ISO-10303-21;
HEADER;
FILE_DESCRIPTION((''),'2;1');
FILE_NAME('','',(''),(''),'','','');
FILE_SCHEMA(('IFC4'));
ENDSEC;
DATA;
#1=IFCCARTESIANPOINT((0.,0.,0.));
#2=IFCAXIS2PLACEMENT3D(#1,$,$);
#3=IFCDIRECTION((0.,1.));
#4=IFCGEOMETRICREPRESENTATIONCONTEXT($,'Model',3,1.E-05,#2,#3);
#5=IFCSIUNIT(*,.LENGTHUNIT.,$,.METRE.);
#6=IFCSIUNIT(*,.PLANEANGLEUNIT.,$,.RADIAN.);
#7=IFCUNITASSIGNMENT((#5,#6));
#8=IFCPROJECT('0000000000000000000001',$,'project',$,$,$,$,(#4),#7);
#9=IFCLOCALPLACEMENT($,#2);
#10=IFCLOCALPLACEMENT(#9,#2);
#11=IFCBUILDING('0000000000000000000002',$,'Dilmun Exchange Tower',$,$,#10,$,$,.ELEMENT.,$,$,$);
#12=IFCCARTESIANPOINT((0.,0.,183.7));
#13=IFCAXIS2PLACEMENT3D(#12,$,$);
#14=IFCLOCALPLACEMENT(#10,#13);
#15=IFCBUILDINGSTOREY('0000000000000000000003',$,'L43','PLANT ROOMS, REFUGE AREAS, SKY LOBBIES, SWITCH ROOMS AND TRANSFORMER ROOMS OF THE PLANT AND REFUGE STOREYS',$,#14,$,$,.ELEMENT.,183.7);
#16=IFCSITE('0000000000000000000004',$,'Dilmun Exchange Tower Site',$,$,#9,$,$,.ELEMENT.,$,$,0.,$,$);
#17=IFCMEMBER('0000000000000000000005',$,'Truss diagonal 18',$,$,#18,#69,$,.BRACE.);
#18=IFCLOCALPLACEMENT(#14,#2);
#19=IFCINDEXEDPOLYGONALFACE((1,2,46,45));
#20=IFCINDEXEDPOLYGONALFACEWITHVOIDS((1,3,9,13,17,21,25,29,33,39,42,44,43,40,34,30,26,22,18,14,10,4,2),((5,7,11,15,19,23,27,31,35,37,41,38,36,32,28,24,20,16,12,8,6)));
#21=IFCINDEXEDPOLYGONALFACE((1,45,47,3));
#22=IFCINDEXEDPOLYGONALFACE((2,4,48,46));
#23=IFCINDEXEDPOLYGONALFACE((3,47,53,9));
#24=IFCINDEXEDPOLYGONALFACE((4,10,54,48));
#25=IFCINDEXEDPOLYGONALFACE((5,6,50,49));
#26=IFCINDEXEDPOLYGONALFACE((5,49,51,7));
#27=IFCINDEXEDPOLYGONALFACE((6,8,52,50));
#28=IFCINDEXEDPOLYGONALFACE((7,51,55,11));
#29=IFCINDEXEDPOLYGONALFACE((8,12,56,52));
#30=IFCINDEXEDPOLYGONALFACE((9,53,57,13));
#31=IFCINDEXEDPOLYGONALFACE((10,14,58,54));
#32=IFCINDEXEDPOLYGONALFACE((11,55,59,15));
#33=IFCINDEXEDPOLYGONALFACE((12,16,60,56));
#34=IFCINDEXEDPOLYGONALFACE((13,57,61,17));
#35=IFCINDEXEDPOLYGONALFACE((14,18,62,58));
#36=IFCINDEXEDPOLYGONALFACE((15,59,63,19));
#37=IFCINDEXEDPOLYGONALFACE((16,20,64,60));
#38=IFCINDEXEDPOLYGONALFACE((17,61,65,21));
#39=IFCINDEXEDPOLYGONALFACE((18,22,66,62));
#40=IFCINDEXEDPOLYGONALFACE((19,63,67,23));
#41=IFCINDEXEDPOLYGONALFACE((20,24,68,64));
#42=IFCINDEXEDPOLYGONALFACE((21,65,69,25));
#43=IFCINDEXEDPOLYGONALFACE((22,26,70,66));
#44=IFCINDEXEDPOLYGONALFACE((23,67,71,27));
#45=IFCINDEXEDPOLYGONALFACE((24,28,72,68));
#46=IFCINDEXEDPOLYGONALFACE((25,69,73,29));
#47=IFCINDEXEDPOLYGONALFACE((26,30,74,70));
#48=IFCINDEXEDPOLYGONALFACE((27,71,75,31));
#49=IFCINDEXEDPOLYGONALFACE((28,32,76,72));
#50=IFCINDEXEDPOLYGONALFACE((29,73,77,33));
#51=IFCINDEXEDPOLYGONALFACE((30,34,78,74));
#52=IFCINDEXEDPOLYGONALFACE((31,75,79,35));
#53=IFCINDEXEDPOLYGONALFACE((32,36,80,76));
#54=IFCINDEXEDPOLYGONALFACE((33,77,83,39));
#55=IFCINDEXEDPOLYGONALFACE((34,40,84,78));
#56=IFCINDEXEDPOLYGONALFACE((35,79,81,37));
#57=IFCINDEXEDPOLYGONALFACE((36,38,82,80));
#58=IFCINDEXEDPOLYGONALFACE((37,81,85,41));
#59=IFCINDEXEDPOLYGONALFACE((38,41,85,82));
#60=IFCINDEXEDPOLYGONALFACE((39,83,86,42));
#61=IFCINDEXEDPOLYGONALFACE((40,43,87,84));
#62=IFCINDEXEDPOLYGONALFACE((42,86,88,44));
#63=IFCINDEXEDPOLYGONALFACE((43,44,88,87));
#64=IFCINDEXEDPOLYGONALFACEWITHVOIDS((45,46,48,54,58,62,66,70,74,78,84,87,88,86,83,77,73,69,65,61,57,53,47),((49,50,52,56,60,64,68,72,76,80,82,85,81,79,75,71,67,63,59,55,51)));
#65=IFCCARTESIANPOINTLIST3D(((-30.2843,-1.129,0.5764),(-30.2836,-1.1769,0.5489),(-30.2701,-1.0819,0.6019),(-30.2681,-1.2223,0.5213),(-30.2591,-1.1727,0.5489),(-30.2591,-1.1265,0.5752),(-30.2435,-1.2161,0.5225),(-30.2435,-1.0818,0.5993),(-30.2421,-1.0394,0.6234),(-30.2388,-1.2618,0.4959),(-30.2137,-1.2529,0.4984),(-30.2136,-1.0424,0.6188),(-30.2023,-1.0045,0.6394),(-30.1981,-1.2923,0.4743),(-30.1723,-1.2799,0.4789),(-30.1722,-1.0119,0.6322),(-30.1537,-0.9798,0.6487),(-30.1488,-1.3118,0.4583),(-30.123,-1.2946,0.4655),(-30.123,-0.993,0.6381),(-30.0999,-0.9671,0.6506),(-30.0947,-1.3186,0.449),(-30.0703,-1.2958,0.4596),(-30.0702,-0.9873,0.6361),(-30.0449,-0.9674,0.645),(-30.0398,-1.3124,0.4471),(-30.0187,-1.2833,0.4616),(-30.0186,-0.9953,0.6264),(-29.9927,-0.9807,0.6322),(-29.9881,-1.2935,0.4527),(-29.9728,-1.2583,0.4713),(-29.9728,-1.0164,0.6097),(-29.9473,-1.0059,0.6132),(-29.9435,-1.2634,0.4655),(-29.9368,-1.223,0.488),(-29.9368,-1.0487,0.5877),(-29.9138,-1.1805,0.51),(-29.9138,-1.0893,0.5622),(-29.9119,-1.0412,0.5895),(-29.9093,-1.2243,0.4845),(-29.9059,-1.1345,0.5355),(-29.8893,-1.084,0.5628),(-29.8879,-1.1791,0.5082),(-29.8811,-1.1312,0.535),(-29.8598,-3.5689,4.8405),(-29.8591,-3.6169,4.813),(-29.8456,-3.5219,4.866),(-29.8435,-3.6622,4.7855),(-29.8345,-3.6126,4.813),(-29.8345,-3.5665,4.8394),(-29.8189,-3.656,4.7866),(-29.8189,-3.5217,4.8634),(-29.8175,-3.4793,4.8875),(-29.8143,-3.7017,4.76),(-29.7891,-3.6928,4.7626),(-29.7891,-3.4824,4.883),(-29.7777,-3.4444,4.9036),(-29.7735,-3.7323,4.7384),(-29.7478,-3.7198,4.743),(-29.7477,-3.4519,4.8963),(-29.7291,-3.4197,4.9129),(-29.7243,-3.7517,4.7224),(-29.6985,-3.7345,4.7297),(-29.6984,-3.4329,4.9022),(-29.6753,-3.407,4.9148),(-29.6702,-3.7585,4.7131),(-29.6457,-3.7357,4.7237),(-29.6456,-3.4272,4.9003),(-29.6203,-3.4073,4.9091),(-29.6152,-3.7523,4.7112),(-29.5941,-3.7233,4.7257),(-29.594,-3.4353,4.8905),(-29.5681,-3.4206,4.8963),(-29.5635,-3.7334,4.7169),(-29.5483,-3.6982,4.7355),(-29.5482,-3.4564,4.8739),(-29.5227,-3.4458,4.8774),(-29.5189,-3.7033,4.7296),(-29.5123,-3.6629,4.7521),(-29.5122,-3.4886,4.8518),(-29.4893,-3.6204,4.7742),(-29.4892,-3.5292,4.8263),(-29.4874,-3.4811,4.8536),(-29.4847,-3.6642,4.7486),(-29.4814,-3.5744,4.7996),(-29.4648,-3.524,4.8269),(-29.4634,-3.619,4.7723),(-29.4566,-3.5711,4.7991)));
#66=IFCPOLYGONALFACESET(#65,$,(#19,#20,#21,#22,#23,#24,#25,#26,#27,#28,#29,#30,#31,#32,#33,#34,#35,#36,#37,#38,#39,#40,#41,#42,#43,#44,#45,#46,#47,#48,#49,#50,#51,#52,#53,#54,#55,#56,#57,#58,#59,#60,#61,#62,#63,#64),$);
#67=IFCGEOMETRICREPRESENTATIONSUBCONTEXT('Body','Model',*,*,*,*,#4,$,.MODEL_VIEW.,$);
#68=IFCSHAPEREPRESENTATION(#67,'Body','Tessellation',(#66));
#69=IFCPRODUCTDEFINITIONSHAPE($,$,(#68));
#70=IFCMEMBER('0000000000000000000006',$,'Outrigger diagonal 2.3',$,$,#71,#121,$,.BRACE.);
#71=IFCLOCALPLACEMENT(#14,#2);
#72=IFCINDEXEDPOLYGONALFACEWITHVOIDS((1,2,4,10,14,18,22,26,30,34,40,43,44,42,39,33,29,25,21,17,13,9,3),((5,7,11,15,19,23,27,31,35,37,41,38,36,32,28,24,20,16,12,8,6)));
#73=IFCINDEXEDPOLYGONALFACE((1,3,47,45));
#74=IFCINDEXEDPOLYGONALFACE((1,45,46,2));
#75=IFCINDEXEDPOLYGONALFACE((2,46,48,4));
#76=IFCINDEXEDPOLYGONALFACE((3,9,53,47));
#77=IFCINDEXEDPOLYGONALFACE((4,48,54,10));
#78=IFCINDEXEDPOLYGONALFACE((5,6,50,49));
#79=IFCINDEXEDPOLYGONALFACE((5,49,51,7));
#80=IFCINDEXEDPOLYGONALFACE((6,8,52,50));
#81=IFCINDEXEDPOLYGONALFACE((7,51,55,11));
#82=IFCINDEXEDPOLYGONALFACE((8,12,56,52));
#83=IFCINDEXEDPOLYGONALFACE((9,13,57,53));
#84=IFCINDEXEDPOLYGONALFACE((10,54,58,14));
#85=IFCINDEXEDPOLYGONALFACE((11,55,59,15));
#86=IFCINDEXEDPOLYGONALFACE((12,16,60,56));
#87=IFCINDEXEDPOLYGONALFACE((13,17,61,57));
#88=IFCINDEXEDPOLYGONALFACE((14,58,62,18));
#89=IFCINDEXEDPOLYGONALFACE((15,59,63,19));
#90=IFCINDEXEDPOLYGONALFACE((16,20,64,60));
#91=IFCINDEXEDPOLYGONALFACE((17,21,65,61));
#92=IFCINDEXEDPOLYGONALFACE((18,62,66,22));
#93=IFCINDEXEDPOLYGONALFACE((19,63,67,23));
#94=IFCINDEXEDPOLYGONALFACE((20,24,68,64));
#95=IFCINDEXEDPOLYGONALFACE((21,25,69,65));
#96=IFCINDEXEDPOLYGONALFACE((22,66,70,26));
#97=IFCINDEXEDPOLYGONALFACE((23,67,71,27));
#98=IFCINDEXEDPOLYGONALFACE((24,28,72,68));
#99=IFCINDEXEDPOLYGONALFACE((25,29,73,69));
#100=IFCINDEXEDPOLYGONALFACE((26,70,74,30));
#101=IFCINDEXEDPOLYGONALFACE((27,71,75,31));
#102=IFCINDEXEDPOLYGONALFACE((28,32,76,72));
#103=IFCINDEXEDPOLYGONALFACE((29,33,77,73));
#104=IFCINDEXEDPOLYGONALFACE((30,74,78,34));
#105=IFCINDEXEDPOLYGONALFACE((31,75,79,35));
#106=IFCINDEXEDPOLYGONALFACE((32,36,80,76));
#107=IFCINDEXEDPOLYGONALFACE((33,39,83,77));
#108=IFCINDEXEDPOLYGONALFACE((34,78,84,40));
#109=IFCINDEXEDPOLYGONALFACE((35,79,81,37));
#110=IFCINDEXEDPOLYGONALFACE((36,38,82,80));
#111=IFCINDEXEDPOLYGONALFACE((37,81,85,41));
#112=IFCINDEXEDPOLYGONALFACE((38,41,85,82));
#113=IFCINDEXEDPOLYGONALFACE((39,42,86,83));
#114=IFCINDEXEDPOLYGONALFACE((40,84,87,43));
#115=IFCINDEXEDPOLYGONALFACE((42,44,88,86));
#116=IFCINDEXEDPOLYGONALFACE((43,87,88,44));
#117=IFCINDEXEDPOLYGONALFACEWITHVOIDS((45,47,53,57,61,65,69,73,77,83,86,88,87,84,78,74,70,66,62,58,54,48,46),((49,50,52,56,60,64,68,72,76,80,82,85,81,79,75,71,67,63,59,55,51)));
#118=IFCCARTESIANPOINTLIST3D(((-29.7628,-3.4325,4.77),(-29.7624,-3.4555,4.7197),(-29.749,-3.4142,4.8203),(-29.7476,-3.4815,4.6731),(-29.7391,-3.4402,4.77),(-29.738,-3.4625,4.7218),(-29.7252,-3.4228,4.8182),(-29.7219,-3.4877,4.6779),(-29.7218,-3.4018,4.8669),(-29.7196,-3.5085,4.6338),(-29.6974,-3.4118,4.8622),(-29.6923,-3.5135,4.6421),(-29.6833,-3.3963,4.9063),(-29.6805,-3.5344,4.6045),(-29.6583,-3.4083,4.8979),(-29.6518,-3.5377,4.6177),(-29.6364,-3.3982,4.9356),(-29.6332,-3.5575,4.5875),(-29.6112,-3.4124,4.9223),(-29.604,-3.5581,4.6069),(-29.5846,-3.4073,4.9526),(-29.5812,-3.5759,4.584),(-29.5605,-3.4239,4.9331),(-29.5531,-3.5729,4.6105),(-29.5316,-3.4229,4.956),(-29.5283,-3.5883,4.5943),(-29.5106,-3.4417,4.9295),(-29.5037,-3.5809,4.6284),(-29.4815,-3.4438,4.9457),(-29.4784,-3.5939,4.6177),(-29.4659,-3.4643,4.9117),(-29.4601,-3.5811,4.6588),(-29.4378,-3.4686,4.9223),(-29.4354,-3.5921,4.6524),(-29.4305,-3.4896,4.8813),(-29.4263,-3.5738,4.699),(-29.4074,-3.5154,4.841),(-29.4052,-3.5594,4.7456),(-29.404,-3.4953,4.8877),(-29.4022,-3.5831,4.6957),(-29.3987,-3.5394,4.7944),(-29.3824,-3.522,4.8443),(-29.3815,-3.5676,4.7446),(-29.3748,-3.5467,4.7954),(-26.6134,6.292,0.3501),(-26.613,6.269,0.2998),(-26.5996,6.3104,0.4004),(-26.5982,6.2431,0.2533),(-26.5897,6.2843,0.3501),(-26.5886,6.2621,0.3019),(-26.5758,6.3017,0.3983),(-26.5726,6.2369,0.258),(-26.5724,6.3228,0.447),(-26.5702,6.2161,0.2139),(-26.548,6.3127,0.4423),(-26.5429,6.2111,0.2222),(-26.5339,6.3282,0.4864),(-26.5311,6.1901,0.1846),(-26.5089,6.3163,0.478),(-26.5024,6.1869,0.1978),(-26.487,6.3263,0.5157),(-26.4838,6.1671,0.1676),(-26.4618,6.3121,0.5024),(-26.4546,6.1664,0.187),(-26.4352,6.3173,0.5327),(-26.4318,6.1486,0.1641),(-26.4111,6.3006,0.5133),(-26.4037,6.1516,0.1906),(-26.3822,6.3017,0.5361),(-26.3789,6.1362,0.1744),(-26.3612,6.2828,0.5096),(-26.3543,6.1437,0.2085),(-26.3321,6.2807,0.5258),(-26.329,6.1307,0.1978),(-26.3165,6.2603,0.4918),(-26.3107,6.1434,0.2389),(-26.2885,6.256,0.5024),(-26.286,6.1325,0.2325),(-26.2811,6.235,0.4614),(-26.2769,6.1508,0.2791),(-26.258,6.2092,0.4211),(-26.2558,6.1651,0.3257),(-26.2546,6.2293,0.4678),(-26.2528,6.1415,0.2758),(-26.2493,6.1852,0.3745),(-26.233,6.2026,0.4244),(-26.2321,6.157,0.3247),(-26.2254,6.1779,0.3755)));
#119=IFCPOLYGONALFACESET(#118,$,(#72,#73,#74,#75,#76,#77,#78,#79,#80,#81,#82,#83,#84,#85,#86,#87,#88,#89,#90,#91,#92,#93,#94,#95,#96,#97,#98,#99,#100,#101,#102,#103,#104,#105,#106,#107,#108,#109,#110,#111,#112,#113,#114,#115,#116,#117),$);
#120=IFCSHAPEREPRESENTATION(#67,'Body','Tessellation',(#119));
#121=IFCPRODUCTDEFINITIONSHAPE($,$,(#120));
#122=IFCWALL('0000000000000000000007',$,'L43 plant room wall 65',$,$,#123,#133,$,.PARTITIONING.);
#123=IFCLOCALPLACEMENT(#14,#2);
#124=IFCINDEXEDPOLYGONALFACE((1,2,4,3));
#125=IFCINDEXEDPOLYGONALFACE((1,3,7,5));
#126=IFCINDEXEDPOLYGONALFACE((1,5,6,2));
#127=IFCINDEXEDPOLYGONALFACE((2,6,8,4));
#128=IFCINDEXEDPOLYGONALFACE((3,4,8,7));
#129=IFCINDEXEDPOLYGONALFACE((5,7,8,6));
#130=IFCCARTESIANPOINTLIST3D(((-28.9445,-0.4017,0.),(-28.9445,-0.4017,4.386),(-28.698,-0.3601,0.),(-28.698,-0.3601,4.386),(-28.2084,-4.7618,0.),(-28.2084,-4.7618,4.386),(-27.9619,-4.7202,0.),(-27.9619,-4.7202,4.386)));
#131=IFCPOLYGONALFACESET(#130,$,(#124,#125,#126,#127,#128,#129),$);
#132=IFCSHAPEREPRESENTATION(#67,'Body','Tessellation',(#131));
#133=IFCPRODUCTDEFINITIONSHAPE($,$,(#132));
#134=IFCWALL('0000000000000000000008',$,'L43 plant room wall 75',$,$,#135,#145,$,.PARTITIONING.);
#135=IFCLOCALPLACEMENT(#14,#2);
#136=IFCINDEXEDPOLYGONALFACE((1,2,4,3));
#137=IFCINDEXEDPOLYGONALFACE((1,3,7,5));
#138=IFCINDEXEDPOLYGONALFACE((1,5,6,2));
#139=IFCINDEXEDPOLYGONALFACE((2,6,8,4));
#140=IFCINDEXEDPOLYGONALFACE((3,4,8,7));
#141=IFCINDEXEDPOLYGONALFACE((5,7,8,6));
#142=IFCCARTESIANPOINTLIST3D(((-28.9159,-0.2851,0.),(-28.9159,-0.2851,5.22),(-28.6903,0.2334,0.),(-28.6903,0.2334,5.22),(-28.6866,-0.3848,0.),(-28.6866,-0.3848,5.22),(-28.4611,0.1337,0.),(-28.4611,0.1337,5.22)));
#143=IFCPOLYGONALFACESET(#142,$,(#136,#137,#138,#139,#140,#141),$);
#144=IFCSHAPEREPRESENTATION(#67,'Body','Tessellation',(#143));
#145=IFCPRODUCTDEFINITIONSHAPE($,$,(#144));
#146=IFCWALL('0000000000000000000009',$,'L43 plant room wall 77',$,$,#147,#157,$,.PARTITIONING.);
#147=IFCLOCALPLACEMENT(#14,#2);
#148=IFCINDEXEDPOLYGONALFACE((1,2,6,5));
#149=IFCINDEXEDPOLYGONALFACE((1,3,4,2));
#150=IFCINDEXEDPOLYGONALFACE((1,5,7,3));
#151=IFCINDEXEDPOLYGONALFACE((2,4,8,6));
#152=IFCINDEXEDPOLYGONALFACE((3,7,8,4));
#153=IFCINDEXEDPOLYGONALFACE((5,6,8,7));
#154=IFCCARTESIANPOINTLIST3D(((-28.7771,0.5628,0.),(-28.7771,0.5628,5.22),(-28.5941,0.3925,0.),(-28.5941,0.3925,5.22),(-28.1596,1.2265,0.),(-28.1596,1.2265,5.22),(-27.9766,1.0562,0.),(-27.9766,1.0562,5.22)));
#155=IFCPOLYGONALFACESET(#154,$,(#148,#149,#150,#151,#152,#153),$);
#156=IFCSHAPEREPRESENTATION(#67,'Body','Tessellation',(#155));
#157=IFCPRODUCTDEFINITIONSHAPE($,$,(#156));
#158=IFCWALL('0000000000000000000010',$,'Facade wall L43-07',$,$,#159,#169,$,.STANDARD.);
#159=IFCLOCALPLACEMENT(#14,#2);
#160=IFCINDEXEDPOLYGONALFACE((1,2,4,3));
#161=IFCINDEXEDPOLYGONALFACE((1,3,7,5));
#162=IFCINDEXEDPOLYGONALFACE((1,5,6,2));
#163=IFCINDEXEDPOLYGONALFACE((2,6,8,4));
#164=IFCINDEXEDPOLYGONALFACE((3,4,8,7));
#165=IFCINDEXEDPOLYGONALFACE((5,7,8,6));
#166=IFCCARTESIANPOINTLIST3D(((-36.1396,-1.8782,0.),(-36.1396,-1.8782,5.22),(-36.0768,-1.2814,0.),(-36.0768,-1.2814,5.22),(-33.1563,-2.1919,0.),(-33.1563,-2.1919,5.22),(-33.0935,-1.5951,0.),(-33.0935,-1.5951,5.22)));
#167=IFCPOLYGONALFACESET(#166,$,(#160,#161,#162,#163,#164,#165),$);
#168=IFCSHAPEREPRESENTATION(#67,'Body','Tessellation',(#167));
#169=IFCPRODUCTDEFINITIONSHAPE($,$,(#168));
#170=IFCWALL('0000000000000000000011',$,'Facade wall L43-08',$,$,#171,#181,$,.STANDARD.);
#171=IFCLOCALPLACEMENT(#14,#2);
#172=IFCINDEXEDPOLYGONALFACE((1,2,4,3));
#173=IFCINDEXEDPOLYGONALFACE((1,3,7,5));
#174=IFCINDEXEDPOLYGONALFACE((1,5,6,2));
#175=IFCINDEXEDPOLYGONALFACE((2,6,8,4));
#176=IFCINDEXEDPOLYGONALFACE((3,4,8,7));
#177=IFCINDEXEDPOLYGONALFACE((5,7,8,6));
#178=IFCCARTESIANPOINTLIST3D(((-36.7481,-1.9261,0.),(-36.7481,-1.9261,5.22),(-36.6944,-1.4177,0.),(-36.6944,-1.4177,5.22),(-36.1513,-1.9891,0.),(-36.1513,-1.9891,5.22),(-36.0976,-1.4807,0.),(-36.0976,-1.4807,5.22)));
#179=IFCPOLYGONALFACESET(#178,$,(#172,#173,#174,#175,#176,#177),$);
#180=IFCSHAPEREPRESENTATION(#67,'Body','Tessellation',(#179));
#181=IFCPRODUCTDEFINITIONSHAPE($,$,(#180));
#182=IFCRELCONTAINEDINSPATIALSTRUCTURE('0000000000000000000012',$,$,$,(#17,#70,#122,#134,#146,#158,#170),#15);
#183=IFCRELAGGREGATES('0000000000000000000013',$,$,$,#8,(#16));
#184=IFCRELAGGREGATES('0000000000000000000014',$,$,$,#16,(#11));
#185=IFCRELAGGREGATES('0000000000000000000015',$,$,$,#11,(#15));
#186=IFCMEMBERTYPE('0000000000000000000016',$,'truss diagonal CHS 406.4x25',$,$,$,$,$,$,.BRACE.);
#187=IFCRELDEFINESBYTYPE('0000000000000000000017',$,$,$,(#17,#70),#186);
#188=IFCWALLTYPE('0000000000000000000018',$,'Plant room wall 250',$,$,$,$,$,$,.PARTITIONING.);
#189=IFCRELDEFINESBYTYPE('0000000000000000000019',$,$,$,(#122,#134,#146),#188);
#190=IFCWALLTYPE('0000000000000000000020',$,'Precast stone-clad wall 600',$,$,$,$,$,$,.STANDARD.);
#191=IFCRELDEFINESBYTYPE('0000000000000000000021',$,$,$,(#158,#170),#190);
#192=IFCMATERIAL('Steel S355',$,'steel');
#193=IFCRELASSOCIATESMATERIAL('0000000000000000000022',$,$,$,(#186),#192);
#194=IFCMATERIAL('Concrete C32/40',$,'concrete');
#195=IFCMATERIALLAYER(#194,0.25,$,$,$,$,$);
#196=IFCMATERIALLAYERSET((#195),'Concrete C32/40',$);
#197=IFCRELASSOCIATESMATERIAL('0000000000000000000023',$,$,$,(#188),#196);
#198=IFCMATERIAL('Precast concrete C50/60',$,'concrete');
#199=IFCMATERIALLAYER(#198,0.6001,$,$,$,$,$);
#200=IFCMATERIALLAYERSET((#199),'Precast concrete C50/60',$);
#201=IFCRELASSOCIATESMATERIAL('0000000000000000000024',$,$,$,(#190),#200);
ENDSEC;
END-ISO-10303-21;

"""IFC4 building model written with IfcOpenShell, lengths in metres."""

from ifc_helpers import new_model, si_unit, direction, frame, frame_2d, origin, origin_2d, place, context, subcontext, project, spatial, rectangle, hollow_circle, extrude, material, layer, layer_set, material_profile, profile_set, type_object, element, save


model = new_model("IFC4")

# Units and contexts
model_context = context("Model", 3, precision=1e-05, world=origin(), true_north=direction((0.0, 1.0)))
body_context = subcontext(model_context, "Body", "Model", "MODEL_VIEW")
ifc_project = project(units=[si_unit("LENGTHUNIT", "METRE"), si_unit("PLANEANGLEUNIT", "RADIAN")], contexts=[model_context])

# Site, building, storey
site_placement = place(None, origin())
site = spatial("IfcSite", under=ifc_project, at=site_placement, Name="Dilmun Exchange Tower Site", CompositionType="ELEMENT", RefElevation=0.0)
building_placement = place(site_placement, origin())
building = spatial("IfcBuilding", under=site, at=building_placement, Name="Dilmun Exchange Tower", CompositionType="ELEMENT")
storey_placement = place(building_placement, frame((0.0, 0.0, 183.7)))
storey = spatial("IfcBuildingStorey", under=building, at=storey_placement, Name="L43", Description="PLANT ROOMS, REFUGE AREAS, SKY LOBBIES, SWITCH ROOMS AND TRANSFORMER ROOMS OF THE PLANT AND REFUGE STOREYS", CompositionType="ELEMENT", Elevation=183.7)

# Shared definitions
ifc_material_1 = material(Name="Steel S355", Category="steel")

# Members
ifc_material_profile_1 = material_profile(ifc_material_1, hollow_circle(Radius=0.2031, WallThickness=0.0249, at=origin_2d()), Name="CHS 406.4x25")
ifc_profile_set_1 = profile_set([ifc_material_profile_1], Name="Steel S355")
member_type = type_object("IfcMemberType", Name="truss diagonal CHS 406.4x25", PredefinedType="BRACE", material=ifc_profile_set_1)
member_1_placement = place(storey_placement, frame((-29.6589, -3.582, 4.813), z_axis=(-0.086097, 0.494798, -0.864733), x_axis=(-0.985197, -0.171429, 0.0)))
element("IfcMember", 1, at=member_1_placement, inside=storey, type_object=member_type, Name="Truss diagonal 18", PredefinedType="BRACE", context=body_context, shape_type="SweptSolid", body=[
    extrude(hollow_circle(Radius=0.2031, WallThickness=0.0249, at=origin_2d()), origin(), (0.0, 0.0, 1.0), 4.9312),
])
member_2_placement = place(storey_placement, frame((-29.5696, -3.4951, 4.77), z_axis=(0.2828, 0.873216, -0.396885), x_axis=(-0.951352, 0.308105, 0.0)))
element("IfcMember", 2, at=member_2_placement, inside=storey, type_object=member_type, Name="Outrigger diagonal 2.3", PredefinedType="BRACE", context=body_context, shape_type="SweptSolid", body=[
    extrude(hollow_circle(Radius=0.2031, WallThickness=0.0249, at=origin_2d()), origin(), (0.0, 0.0, 1.0), 11.1365),
])

# Walls
ifc_material_2 = material(Name="Concrete C32/40", Category="concrete")
ifc_layer_1 = layer(ifc_material_2, 0.25)
ifc_layer_set_1 = layer_set([ifc_layer_1], Name="Concrete C32/40")
wall_type_1 = type_object("IfcWallType", Name="Plant room wall 250", PredefinedType="PARTITIONING", material=ifc_layer_set_1)
wall_1_placement = place(storey_placement, frame((-28.8213, -0.3809, 0.0), z_axis=(0.0, 0.0, 1.0), x_axis=(0.166467, -0.986047, 0.0)))
element("IfcWall", 3, at=wall_1_placement, inside=storey, type_object=wall_type_1, Name="L43 plant room wall 65", PredefinedType="PARTITIONING", context=body_context, shape_type="SweptSolid", body=[
    extrude(rectangle(XDim=4.4219, YDim=0.25, at=frame_2d((2.2109, 0.0))), origin(), (0.0, 0.0, 1.0), 4.386),
])
wall_2_placement = place(storey_placement, frame((-28.8013, -0.335, 0.0), z_axis=(0.0, 0.0, 1.0), x_axis=(0.398916, 0.916988, 0.0)))
element("IfcWall", 4, at=wall_2_placement, inside=storey, type_object=wall_type_1, Name="L43 plant room wall 75", PredefinedType="PARTITIONING", context=body_context, shape_type="SweptSolid", body=[
    extrude(rectangle(XDim=0.5654, YDim=0.25, at=frame_2d((0.2827, 0.0))), origin(), (0.0, 0.0, 1.0), 5.22),
])
wall_3_placement = place(storey_placement, frame((-28.6855, 0.4778, 0.0), z_axis=(0.0, 0.0, 1.0), x_axis=(0.681195, 0.732102, 0.0)))
element("IfcWall", 5, at=wall_3_placement, inside=storey, type_object=wall_type_1, Name="L43 plant room wall 77", PredefinedType="PARTITIONING", context=body_context, shape_type="SweptSolid", body=[
    extrude(rectangle(XDim=0.9065, YDim=0.25, at=frame_2d((0.4531, 0.0))), origin(), (0.0, 0.0, 1.0), 5.22),
])
ifc_material_3 = material(Name="Precast concrete C50/60", Category="concrete")
ifc_layer_2 = layer(ifc_material_3, 0.6001)
ifc_layer_set_2 = layer_set([ifc_layer_2], Name="Precast concrete C50/60")
wall_type_2 = type_object("IfcWallType", Name="Precast stone-clad wall 600", PredefinedType="STANDARD", material=ifc_layer_set_2)
wall_4_placement = place(storey_placement, frame((-33.1248, -1.8936, 0.0), z_axis=(0.0, 0.0, 1.0), x_axis=(-0.994517, 0.104579, 0.0)))
element("IfcWall", 6, at=wall_4_placement, inside=storey, type_object=wall_type_2, Name="Facade wall L43-07", PredefinedType="STANDARD", context=body_context, shape_type="SweptSolid", body=[
    extrude(rectangle(XDim=2.9998, YDim=0.6001, at=frame_2d((1.5, 0.0))), origin(), (0.0, 0.0, 1.0), 5.22),
])
wall_5_placement = place(storey_placement, frame((-36.396, -1.4492, 0.0), z_axis=(0.0, 0.0, 1.0), x_axis=(-0.105083, -0.994463, 0.0)))
element("IfcWall", 7, at=wall_5_placement, inside=storey, type_object=wall_type_2, Name="Facade wall L43-08", PredefinedType="STANDARD", context=body_context, shape_type="SweptSolid", body=[
    extrude(rectangle(XDim=0.5112, YDim=0.6001, at=frame_2d((0.2556, 0.0))), origin(), (0.0, 0.0, 1.0), 5.22),
])

save(model, "model.ifc")
